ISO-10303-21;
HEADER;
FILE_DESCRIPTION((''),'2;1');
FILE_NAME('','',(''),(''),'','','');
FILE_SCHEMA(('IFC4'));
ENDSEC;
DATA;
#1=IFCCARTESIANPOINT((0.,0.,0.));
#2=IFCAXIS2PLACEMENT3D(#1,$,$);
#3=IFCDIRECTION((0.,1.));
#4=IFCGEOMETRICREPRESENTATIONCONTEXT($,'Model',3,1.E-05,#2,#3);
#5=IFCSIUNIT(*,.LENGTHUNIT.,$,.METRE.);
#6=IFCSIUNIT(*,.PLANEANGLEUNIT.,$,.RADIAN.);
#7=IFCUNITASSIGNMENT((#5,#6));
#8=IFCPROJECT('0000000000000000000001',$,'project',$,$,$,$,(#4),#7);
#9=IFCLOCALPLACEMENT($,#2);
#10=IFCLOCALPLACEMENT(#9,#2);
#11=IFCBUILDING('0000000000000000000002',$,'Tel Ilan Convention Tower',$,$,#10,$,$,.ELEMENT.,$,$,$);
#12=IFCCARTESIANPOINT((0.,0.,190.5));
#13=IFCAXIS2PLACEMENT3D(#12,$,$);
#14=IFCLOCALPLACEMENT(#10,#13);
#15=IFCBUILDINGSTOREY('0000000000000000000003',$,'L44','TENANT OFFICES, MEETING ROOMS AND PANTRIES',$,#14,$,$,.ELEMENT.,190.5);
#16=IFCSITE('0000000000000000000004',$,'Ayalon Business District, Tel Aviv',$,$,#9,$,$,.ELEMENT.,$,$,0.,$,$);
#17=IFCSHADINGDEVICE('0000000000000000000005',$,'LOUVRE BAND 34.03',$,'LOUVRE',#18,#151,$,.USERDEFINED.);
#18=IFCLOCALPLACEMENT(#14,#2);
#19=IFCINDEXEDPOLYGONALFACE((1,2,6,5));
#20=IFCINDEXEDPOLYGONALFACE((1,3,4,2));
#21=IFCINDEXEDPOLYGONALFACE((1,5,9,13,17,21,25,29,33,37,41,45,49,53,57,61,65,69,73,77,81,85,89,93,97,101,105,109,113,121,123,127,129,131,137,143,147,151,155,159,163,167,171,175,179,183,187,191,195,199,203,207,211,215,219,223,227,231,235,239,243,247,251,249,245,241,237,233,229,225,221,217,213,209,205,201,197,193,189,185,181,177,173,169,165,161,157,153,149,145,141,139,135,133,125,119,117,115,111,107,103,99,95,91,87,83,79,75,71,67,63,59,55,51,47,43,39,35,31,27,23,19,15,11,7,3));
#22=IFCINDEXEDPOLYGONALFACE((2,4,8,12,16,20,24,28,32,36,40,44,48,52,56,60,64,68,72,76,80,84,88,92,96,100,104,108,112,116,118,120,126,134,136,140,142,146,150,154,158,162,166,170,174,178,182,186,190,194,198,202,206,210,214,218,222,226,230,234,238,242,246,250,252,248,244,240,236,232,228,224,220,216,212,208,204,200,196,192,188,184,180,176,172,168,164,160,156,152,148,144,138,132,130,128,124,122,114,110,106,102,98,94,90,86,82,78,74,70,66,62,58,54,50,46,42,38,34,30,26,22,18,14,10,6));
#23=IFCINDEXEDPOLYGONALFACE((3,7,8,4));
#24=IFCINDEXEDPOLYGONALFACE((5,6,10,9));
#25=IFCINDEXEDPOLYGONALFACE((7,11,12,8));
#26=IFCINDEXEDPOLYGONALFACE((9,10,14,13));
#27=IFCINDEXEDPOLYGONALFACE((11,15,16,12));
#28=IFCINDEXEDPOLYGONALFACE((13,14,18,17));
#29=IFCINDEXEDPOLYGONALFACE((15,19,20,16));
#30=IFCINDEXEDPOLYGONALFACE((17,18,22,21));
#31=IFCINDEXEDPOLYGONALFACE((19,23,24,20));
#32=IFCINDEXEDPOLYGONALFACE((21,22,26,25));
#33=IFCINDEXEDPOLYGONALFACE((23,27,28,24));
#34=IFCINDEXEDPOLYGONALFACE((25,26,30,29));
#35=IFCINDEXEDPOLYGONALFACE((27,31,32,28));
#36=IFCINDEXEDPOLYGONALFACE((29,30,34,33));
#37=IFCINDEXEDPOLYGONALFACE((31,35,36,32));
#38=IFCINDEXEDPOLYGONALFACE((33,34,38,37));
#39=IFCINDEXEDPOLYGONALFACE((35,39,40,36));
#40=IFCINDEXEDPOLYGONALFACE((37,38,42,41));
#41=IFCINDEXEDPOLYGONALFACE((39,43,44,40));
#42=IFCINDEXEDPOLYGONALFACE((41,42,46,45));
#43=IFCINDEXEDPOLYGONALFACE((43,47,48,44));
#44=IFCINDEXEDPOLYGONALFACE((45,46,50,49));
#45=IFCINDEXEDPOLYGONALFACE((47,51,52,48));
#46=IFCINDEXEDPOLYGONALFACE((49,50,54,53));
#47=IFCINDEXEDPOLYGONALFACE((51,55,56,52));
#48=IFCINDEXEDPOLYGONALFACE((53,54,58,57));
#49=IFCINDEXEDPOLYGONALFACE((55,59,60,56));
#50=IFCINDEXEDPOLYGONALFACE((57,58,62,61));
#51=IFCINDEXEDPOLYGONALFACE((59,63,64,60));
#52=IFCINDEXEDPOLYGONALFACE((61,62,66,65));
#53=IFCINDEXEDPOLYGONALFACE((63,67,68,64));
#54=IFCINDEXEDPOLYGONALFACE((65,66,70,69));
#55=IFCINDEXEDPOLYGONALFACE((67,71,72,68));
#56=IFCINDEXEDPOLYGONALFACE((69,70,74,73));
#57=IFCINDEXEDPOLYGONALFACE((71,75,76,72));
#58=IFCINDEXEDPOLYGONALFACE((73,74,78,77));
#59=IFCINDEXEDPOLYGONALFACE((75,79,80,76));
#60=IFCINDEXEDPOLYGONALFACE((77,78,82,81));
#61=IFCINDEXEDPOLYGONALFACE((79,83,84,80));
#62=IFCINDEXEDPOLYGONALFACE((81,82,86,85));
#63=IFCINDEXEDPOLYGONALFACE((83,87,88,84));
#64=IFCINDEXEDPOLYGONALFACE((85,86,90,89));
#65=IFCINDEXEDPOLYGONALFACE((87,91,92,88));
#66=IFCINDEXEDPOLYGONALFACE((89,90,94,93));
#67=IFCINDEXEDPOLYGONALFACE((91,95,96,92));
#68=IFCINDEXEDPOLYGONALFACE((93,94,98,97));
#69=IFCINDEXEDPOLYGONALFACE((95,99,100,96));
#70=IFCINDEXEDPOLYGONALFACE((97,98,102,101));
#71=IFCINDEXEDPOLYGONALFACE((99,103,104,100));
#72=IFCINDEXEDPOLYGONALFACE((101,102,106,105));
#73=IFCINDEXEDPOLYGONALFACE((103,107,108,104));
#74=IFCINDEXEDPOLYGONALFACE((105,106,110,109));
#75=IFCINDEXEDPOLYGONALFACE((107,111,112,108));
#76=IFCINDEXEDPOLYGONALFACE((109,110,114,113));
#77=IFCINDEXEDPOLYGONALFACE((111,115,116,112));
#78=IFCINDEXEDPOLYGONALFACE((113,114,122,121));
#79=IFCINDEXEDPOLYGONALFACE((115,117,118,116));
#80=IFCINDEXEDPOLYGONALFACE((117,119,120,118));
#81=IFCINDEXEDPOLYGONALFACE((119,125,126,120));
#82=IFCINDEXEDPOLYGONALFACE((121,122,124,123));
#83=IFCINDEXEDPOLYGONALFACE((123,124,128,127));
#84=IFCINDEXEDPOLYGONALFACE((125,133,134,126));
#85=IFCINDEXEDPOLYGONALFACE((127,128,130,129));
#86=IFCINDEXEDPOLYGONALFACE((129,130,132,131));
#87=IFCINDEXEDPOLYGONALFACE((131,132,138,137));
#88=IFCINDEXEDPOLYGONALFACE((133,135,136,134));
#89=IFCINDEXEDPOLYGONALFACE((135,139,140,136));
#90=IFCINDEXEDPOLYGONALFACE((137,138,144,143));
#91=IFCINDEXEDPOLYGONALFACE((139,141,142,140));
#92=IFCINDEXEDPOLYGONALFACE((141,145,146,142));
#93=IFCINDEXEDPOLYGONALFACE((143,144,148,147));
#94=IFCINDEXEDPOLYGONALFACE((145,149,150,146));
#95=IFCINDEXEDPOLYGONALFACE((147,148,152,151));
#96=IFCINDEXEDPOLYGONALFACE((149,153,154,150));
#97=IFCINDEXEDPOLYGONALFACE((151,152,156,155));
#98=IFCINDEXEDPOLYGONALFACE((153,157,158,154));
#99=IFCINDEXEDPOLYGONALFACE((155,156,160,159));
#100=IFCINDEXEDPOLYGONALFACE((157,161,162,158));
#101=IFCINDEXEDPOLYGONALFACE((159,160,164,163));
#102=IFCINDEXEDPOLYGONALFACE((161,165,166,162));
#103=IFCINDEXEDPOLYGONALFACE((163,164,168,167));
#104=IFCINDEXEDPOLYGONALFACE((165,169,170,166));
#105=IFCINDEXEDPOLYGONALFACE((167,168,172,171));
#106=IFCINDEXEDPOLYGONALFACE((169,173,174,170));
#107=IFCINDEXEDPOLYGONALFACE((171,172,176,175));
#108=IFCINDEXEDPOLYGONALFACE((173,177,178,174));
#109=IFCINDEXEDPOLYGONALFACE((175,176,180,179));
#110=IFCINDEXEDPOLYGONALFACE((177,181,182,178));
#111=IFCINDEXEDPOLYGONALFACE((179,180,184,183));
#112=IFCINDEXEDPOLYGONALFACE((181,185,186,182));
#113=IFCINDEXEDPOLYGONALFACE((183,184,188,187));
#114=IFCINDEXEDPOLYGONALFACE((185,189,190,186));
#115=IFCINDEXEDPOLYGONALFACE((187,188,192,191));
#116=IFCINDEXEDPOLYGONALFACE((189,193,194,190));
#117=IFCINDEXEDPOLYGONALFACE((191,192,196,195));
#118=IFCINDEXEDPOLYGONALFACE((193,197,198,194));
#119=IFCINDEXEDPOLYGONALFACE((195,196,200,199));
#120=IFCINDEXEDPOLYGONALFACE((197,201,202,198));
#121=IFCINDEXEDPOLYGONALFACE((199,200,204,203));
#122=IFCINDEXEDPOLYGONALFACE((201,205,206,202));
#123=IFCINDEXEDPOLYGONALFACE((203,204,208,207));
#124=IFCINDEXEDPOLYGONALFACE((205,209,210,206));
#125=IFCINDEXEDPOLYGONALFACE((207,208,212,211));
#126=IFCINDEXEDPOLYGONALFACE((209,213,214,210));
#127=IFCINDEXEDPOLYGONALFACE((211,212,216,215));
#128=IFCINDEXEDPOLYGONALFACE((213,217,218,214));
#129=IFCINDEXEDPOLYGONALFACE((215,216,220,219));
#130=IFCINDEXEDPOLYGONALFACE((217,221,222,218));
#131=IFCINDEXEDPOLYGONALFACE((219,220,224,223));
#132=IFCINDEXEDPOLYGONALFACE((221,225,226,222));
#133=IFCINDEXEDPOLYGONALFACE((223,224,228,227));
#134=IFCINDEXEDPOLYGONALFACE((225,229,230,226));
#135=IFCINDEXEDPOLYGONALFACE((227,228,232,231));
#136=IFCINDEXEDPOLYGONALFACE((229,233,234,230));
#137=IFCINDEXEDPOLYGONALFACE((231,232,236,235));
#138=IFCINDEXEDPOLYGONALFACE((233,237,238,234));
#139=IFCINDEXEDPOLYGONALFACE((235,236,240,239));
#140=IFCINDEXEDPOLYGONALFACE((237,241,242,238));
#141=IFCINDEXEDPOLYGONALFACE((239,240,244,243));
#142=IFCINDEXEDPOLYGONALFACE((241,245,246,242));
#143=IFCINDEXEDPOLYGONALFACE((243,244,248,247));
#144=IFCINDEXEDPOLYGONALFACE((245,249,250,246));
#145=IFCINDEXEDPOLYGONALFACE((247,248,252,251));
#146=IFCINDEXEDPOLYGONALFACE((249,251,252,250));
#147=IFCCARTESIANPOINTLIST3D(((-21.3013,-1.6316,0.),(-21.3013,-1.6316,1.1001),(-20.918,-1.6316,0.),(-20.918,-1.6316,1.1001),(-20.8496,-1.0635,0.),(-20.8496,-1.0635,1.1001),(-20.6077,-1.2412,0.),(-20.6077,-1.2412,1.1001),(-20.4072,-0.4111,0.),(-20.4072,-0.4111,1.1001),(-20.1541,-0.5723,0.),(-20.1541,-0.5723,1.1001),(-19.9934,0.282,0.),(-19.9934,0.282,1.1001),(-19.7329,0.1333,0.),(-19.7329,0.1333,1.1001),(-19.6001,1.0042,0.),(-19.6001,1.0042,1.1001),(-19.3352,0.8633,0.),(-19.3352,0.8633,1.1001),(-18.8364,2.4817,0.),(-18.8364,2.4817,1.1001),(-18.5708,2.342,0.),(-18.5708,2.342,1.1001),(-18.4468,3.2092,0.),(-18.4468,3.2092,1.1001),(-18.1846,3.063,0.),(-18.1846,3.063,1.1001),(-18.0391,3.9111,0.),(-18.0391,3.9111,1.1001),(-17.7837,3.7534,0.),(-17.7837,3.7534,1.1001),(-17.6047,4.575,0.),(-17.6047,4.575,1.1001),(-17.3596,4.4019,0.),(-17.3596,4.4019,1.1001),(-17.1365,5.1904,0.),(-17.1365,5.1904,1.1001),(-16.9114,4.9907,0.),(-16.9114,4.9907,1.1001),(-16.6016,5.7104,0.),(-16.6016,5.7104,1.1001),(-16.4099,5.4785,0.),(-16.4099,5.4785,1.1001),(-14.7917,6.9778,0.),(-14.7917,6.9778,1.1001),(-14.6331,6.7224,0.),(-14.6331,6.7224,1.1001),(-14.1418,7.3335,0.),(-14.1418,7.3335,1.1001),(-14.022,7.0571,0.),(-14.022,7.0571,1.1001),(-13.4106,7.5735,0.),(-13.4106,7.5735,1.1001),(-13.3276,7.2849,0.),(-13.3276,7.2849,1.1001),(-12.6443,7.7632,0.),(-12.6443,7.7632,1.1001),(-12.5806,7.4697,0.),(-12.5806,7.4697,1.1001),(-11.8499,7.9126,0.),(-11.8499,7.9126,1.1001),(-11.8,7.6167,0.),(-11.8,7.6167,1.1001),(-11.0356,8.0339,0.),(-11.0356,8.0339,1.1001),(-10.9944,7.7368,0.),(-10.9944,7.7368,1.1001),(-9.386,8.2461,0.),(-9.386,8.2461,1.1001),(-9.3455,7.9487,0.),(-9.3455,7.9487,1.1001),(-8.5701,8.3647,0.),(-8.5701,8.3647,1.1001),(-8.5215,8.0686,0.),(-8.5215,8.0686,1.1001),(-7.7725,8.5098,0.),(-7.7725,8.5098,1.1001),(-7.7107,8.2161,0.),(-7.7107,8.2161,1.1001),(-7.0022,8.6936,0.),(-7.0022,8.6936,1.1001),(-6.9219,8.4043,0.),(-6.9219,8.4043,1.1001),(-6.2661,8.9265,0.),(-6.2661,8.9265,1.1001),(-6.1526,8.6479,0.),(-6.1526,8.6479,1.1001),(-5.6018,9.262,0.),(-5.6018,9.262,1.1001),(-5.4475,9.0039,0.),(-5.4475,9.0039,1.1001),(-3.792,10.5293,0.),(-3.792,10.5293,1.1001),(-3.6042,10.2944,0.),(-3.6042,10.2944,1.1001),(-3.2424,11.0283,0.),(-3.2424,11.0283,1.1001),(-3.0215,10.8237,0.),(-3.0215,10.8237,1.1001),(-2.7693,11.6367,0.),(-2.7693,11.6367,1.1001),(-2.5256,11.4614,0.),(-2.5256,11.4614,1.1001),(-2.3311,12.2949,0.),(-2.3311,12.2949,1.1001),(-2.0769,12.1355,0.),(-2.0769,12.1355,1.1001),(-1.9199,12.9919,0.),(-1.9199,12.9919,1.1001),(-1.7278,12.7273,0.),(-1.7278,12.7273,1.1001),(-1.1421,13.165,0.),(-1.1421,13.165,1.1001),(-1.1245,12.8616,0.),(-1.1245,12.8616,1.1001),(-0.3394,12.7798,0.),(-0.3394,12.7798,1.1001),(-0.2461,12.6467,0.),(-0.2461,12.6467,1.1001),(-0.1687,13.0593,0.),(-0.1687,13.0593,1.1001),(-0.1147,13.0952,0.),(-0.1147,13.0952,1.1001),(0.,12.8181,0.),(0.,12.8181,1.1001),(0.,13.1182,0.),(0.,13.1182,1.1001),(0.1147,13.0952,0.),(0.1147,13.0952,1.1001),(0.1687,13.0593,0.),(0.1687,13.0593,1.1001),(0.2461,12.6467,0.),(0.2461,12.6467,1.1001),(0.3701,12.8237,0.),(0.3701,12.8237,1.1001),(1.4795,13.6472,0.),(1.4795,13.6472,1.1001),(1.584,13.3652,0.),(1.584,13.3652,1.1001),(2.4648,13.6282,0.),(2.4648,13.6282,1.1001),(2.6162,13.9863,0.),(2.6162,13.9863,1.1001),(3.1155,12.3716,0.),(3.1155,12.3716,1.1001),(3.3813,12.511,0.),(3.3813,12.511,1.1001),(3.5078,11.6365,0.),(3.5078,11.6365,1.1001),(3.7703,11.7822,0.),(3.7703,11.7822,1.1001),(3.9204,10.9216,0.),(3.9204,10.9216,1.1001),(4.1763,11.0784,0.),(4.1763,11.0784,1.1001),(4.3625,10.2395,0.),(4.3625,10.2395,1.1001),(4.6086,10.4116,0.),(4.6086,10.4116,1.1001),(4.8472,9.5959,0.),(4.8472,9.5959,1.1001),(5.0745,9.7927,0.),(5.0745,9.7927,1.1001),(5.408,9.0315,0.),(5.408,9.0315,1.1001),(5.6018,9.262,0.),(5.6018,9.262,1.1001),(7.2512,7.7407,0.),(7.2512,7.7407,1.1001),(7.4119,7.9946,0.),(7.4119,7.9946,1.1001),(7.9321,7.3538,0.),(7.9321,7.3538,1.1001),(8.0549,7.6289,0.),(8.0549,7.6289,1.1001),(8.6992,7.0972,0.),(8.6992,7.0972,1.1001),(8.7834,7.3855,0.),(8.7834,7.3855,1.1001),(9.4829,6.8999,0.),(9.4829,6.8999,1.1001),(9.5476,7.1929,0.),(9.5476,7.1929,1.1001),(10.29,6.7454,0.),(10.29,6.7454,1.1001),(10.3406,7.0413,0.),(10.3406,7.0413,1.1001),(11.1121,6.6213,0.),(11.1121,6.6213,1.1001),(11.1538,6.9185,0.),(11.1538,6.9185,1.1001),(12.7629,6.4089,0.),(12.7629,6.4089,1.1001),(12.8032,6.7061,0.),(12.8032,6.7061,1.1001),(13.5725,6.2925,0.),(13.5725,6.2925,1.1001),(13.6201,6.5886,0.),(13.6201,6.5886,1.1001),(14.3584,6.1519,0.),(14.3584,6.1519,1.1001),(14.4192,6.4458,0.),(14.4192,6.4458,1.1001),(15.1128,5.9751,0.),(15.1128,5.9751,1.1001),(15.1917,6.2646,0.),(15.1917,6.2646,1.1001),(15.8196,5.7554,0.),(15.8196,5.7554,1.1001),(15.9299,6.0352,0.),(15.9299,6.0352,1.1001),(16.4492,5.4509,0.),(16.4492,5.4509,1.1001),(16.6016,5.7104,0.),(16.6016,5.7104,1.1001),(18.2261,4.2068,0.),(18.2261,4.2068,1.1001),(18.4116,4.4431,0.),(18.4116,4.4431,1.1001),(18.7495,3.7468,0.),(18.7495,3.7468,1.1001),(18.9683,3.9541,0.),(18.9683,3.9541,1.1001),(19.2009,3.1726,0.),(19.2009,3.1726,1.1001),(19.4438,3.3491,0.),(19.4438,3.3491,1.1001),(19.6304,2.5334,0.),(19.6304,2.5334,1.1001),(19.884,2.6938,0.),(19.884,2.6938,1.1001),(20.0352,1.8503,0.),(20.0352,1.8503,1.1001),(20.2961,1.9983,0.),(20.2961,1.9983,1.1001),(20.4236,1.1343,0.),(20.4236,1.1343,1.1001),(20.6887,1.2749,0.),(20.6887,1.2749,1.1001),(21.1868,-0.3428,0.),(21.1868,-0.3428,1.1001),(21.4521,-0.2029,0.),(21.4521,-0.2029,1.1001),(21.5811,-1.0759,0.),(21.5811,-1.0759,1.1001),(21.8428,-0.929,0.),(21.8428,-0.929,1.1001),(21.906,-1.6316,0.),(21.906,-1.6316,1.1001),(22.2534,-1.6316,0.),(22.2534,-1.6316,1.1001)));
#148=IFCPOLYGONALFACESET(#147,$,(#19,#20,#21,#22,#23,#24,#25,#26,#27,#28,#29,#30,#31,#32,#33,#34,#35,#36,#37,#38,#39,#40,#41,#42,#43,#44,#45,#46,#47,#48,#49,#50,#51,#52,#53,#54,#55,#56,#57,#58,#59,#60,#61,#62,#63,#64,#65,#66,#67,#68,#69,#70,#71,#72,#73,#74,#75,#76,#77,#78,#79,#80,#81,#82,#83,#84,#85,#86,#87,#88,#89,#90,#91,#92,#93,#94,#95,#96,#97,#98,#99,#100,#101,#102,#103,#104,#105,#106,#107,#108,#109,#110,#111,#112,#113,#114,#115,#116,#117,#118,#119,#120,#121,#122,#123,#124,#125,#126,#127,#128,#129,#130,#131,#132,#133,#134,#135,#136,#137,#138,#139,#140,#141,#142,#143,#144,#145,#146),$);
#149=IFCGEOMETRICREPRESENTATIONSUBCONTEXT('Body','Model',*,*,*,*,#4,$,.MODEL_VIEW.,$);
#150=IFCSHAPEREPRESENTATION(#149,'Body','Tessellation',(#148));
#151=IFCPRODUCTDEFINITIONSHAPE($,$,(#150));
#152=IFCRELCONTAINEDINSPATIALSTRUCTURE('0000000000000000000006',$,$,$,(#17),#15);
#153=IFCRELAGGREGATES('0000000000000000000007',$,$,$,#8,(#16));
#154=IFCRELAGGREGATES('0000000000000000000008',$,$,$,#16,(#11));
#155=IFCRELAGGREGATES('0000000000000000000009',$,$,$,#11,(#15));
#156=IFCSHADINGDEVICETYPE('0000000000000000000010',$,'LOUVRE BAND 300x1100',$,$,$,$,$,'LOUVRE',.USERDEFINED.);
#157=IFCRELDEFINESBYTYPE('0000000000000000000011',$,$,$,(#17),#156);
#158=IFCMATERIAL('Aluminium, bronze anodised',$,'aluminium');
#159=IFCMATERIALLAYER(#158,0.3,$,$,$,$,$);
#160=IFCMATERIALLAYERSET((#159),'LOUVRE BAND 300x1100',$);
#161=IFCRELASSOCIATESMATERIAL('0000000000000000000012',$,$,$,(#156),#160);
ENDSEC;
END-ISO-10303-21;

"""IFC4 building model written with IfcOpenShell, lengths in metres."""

from ifc_helpers import new_model, si_unit, direction, frame, origin, place, context, subcontext, project, spatial, polyline, outline, extrude, material, layer, layer_set, type_object, element, save


model = new_model("IFC4")

# Units and contexts
model_context = context("Model", 3, precision=1e-05, world=origin(), true_north=direction((0.0, 1.0)))
body_context = subcontext(model_context, "Body", "Model", "MODEL_VIEW")
ifc_project = project(units=[si_unit("LENGTHUNIT", "METRE"), si_unit("PLANEANGLEUNIT", "RADIAN")], contexts=[model_context])

# Site, building, storey
site_placement = place(None, origin())
site = spatial("IfcSite", under=ifc_project, at=site_placement, Name="Ayalon Business District, Tel Aviv", CompositionType="ELEMENT", RefElevation=0.0)
building_placement = place(site_placement, origin())
building = spatial("IfcBuilding", under=site, at=building_placement, Name="Tel Ilan Convention Tower", CompositionType="ELEMENT")
storey_placement = place(building_placement, frame((0.0, 0.0, 190.5)))
storey = spatial("IfcBuildingStorey", under=building, at=storey_placement, Name="L44", Description="TENANT OFFICES, MEETING ROOMS AND PANTRIES", CompositionType="ELEMENT", Elevation=190.5)

# Shading device
ifc_material_1 = material(Name="Aluminium, bronze anodised", Category="aluminium")
ifc_layer_1 = layer(ifc_material_1, 0.3)
ifc_layer_set_1 = layer_set([ifc_layer_1], Name="LOUVRE BAND 300x1100")
shading_device_type_1 = type_object("IfcShadingDeviceType", Name="LOUVRE BAND 300x1100", ElementType="LOUVRE", PredefinedType="USERDEFINED", material=ifc_layer_set_1)
shading_device_1_placement = place(storey_placement, origin())
element("IfcShadingDevice", 1, at=shading_device_1_placement, inside=storey, type_object=shading_device_type_1, Name="LOUVRE BAND 34.03", ObjectType="LOUVRE", PredefinedType="USERDEFINED", context=body_context, shape_type="SweptSolid", body=[
    extrude(outline(polyline([(-20.8496, -1.0635), (-21.3013, -1.6316), (-20.918, -1.6316), (-20.6077, -1.2412), (-20.1541, -0.5723), (-19.7329, 0.1333), (-19.3352, 0.8633), (-18.5708, 2.342), (-18.1846, 3.063), (-17.7837, 3.7534), (-17.3596, 4.4019), (-16.9114, 4.9907), (-16.4099, 5.4785), (-14.6331, 6.7224), (-14.022, 7.0571), (-13.3276, 7.2849), (-12.5806, 7.4697), (-11.8, 7.6167), (-10.9944, 7.7368), (-9.3455, 7.9487), (-8.5215, 8.0686), (-7.7107, 8.2161), (-6.9219, 8.4043), (-6.1526, 8.6479), (-5.4475, 9.0039), (-3.6042, 10.2944), (-3.0215, 10.8237), (-2.5256, 11.4614), (-2.0769, 12.1355), (-1.7278, 12.7273), (-1.1245, 12.8616), (-0.3394, 12.7798), (-0.2461, 12.6467), (0.0, 12.8181), (0.2461, 12.6467), (0.3701, 12.8237), (1.584, 13.3652), (2.4648, 13.6282), (3.1155, 12.3716), (3.5078, 11.6365), (3.9204, 10.9216), (4.3625, 10.2395), (4.8472, 9.5959), (5.408, 9.0315), (7.2512, 7.7407), (7.9321, 7.3538), (8.6992, 7.0972), (9.4829, 6.8999), (10.29, 6.7454), (11.1121, 6.6213), (12.7629, 6.4089), (13.5725, 6.2925), (14.3584, 6.1519), (15.1128, 5.9751), (15.8196, 5.7554), (16.4492, 5.4509), (18.2261, 4.2068), (18.7495, 3.7468), (19.2009, 3.1726), (19.6304, 2.5334), (20.0352, 1.8503), (20.4236, 1.1343), (21.1868, -0.3428), (21.5811, -1.0759), (21.906, -1.6316), (22.2534, -1.6316), (21.8428, -0.929), (21.4521, -0.2029), (20.6887, 1.2749), (20.2961, 1.9983), (19.884, 2.6938), (19.4438, 3.3491), (18.9683, 3.9541), (18.4116, 4.4431), (16.6016, 5.7104), (15.9299, 6.0352), (15.1917, 6.2646), (14.4192, 6.4458), (13.6201, 6.5886), (12.8032, 6.7061), (11.1538, 6.9185), (10.3406, 7.0413), (9.5476, 7.1929), (8.7834, 7.3855), (8.0549, 7.6289), (7.4119, 7.9946), (5.6018, 9.262), (5.0745, 9.7927), (4.6086, 10.4116), (4.1763, 11.0784), (3.7703, 11.7822), (3.3813, 12.511), (2.6162, 13.9863), (1.4795, 13.6472), (0.1687, 13.0593), (0.1147, 13.0952), (0.0, 13.1182), (-0.1147, 13.0952), (-0.1687, 13.0593), (-1.1421, 13.165), (-1.9199, 12.9919), (-2.3311, 12.2949), (-2.7693, 11.6367), (-3.2424, 11.0283), (-3.792, 10.5293), (-5.6018, 9.262), (-6.2661, 8.9265), (-7.0022, 8.6936), (-7.7725, 8.5098), (-8.5701, 8.3647), (-9.386, 8.2461), (-11.0356, 8.0339), (-11.8499, 7.9126), (-12.6443, 7.7632), (-13.4106, 7.5735), (-14.1418, 7.3335), (-14.7917, 6.9778), (-16.6016, 5.7104), (-17.1365, 5.1904), (-17.6047, 4.575), (-18.0391, 3.9111), (-18.4468, 3.2092), (-18.8364, 2.4817), (-19.6001, 1.0042), (-19.9934, 0.282), (-20.4072, -0.4111), (-20.8496, -1.0635)])), origin(), (0.0, 0.0, 1.0), 1.1001),
])

save(model, "model.ifc")
